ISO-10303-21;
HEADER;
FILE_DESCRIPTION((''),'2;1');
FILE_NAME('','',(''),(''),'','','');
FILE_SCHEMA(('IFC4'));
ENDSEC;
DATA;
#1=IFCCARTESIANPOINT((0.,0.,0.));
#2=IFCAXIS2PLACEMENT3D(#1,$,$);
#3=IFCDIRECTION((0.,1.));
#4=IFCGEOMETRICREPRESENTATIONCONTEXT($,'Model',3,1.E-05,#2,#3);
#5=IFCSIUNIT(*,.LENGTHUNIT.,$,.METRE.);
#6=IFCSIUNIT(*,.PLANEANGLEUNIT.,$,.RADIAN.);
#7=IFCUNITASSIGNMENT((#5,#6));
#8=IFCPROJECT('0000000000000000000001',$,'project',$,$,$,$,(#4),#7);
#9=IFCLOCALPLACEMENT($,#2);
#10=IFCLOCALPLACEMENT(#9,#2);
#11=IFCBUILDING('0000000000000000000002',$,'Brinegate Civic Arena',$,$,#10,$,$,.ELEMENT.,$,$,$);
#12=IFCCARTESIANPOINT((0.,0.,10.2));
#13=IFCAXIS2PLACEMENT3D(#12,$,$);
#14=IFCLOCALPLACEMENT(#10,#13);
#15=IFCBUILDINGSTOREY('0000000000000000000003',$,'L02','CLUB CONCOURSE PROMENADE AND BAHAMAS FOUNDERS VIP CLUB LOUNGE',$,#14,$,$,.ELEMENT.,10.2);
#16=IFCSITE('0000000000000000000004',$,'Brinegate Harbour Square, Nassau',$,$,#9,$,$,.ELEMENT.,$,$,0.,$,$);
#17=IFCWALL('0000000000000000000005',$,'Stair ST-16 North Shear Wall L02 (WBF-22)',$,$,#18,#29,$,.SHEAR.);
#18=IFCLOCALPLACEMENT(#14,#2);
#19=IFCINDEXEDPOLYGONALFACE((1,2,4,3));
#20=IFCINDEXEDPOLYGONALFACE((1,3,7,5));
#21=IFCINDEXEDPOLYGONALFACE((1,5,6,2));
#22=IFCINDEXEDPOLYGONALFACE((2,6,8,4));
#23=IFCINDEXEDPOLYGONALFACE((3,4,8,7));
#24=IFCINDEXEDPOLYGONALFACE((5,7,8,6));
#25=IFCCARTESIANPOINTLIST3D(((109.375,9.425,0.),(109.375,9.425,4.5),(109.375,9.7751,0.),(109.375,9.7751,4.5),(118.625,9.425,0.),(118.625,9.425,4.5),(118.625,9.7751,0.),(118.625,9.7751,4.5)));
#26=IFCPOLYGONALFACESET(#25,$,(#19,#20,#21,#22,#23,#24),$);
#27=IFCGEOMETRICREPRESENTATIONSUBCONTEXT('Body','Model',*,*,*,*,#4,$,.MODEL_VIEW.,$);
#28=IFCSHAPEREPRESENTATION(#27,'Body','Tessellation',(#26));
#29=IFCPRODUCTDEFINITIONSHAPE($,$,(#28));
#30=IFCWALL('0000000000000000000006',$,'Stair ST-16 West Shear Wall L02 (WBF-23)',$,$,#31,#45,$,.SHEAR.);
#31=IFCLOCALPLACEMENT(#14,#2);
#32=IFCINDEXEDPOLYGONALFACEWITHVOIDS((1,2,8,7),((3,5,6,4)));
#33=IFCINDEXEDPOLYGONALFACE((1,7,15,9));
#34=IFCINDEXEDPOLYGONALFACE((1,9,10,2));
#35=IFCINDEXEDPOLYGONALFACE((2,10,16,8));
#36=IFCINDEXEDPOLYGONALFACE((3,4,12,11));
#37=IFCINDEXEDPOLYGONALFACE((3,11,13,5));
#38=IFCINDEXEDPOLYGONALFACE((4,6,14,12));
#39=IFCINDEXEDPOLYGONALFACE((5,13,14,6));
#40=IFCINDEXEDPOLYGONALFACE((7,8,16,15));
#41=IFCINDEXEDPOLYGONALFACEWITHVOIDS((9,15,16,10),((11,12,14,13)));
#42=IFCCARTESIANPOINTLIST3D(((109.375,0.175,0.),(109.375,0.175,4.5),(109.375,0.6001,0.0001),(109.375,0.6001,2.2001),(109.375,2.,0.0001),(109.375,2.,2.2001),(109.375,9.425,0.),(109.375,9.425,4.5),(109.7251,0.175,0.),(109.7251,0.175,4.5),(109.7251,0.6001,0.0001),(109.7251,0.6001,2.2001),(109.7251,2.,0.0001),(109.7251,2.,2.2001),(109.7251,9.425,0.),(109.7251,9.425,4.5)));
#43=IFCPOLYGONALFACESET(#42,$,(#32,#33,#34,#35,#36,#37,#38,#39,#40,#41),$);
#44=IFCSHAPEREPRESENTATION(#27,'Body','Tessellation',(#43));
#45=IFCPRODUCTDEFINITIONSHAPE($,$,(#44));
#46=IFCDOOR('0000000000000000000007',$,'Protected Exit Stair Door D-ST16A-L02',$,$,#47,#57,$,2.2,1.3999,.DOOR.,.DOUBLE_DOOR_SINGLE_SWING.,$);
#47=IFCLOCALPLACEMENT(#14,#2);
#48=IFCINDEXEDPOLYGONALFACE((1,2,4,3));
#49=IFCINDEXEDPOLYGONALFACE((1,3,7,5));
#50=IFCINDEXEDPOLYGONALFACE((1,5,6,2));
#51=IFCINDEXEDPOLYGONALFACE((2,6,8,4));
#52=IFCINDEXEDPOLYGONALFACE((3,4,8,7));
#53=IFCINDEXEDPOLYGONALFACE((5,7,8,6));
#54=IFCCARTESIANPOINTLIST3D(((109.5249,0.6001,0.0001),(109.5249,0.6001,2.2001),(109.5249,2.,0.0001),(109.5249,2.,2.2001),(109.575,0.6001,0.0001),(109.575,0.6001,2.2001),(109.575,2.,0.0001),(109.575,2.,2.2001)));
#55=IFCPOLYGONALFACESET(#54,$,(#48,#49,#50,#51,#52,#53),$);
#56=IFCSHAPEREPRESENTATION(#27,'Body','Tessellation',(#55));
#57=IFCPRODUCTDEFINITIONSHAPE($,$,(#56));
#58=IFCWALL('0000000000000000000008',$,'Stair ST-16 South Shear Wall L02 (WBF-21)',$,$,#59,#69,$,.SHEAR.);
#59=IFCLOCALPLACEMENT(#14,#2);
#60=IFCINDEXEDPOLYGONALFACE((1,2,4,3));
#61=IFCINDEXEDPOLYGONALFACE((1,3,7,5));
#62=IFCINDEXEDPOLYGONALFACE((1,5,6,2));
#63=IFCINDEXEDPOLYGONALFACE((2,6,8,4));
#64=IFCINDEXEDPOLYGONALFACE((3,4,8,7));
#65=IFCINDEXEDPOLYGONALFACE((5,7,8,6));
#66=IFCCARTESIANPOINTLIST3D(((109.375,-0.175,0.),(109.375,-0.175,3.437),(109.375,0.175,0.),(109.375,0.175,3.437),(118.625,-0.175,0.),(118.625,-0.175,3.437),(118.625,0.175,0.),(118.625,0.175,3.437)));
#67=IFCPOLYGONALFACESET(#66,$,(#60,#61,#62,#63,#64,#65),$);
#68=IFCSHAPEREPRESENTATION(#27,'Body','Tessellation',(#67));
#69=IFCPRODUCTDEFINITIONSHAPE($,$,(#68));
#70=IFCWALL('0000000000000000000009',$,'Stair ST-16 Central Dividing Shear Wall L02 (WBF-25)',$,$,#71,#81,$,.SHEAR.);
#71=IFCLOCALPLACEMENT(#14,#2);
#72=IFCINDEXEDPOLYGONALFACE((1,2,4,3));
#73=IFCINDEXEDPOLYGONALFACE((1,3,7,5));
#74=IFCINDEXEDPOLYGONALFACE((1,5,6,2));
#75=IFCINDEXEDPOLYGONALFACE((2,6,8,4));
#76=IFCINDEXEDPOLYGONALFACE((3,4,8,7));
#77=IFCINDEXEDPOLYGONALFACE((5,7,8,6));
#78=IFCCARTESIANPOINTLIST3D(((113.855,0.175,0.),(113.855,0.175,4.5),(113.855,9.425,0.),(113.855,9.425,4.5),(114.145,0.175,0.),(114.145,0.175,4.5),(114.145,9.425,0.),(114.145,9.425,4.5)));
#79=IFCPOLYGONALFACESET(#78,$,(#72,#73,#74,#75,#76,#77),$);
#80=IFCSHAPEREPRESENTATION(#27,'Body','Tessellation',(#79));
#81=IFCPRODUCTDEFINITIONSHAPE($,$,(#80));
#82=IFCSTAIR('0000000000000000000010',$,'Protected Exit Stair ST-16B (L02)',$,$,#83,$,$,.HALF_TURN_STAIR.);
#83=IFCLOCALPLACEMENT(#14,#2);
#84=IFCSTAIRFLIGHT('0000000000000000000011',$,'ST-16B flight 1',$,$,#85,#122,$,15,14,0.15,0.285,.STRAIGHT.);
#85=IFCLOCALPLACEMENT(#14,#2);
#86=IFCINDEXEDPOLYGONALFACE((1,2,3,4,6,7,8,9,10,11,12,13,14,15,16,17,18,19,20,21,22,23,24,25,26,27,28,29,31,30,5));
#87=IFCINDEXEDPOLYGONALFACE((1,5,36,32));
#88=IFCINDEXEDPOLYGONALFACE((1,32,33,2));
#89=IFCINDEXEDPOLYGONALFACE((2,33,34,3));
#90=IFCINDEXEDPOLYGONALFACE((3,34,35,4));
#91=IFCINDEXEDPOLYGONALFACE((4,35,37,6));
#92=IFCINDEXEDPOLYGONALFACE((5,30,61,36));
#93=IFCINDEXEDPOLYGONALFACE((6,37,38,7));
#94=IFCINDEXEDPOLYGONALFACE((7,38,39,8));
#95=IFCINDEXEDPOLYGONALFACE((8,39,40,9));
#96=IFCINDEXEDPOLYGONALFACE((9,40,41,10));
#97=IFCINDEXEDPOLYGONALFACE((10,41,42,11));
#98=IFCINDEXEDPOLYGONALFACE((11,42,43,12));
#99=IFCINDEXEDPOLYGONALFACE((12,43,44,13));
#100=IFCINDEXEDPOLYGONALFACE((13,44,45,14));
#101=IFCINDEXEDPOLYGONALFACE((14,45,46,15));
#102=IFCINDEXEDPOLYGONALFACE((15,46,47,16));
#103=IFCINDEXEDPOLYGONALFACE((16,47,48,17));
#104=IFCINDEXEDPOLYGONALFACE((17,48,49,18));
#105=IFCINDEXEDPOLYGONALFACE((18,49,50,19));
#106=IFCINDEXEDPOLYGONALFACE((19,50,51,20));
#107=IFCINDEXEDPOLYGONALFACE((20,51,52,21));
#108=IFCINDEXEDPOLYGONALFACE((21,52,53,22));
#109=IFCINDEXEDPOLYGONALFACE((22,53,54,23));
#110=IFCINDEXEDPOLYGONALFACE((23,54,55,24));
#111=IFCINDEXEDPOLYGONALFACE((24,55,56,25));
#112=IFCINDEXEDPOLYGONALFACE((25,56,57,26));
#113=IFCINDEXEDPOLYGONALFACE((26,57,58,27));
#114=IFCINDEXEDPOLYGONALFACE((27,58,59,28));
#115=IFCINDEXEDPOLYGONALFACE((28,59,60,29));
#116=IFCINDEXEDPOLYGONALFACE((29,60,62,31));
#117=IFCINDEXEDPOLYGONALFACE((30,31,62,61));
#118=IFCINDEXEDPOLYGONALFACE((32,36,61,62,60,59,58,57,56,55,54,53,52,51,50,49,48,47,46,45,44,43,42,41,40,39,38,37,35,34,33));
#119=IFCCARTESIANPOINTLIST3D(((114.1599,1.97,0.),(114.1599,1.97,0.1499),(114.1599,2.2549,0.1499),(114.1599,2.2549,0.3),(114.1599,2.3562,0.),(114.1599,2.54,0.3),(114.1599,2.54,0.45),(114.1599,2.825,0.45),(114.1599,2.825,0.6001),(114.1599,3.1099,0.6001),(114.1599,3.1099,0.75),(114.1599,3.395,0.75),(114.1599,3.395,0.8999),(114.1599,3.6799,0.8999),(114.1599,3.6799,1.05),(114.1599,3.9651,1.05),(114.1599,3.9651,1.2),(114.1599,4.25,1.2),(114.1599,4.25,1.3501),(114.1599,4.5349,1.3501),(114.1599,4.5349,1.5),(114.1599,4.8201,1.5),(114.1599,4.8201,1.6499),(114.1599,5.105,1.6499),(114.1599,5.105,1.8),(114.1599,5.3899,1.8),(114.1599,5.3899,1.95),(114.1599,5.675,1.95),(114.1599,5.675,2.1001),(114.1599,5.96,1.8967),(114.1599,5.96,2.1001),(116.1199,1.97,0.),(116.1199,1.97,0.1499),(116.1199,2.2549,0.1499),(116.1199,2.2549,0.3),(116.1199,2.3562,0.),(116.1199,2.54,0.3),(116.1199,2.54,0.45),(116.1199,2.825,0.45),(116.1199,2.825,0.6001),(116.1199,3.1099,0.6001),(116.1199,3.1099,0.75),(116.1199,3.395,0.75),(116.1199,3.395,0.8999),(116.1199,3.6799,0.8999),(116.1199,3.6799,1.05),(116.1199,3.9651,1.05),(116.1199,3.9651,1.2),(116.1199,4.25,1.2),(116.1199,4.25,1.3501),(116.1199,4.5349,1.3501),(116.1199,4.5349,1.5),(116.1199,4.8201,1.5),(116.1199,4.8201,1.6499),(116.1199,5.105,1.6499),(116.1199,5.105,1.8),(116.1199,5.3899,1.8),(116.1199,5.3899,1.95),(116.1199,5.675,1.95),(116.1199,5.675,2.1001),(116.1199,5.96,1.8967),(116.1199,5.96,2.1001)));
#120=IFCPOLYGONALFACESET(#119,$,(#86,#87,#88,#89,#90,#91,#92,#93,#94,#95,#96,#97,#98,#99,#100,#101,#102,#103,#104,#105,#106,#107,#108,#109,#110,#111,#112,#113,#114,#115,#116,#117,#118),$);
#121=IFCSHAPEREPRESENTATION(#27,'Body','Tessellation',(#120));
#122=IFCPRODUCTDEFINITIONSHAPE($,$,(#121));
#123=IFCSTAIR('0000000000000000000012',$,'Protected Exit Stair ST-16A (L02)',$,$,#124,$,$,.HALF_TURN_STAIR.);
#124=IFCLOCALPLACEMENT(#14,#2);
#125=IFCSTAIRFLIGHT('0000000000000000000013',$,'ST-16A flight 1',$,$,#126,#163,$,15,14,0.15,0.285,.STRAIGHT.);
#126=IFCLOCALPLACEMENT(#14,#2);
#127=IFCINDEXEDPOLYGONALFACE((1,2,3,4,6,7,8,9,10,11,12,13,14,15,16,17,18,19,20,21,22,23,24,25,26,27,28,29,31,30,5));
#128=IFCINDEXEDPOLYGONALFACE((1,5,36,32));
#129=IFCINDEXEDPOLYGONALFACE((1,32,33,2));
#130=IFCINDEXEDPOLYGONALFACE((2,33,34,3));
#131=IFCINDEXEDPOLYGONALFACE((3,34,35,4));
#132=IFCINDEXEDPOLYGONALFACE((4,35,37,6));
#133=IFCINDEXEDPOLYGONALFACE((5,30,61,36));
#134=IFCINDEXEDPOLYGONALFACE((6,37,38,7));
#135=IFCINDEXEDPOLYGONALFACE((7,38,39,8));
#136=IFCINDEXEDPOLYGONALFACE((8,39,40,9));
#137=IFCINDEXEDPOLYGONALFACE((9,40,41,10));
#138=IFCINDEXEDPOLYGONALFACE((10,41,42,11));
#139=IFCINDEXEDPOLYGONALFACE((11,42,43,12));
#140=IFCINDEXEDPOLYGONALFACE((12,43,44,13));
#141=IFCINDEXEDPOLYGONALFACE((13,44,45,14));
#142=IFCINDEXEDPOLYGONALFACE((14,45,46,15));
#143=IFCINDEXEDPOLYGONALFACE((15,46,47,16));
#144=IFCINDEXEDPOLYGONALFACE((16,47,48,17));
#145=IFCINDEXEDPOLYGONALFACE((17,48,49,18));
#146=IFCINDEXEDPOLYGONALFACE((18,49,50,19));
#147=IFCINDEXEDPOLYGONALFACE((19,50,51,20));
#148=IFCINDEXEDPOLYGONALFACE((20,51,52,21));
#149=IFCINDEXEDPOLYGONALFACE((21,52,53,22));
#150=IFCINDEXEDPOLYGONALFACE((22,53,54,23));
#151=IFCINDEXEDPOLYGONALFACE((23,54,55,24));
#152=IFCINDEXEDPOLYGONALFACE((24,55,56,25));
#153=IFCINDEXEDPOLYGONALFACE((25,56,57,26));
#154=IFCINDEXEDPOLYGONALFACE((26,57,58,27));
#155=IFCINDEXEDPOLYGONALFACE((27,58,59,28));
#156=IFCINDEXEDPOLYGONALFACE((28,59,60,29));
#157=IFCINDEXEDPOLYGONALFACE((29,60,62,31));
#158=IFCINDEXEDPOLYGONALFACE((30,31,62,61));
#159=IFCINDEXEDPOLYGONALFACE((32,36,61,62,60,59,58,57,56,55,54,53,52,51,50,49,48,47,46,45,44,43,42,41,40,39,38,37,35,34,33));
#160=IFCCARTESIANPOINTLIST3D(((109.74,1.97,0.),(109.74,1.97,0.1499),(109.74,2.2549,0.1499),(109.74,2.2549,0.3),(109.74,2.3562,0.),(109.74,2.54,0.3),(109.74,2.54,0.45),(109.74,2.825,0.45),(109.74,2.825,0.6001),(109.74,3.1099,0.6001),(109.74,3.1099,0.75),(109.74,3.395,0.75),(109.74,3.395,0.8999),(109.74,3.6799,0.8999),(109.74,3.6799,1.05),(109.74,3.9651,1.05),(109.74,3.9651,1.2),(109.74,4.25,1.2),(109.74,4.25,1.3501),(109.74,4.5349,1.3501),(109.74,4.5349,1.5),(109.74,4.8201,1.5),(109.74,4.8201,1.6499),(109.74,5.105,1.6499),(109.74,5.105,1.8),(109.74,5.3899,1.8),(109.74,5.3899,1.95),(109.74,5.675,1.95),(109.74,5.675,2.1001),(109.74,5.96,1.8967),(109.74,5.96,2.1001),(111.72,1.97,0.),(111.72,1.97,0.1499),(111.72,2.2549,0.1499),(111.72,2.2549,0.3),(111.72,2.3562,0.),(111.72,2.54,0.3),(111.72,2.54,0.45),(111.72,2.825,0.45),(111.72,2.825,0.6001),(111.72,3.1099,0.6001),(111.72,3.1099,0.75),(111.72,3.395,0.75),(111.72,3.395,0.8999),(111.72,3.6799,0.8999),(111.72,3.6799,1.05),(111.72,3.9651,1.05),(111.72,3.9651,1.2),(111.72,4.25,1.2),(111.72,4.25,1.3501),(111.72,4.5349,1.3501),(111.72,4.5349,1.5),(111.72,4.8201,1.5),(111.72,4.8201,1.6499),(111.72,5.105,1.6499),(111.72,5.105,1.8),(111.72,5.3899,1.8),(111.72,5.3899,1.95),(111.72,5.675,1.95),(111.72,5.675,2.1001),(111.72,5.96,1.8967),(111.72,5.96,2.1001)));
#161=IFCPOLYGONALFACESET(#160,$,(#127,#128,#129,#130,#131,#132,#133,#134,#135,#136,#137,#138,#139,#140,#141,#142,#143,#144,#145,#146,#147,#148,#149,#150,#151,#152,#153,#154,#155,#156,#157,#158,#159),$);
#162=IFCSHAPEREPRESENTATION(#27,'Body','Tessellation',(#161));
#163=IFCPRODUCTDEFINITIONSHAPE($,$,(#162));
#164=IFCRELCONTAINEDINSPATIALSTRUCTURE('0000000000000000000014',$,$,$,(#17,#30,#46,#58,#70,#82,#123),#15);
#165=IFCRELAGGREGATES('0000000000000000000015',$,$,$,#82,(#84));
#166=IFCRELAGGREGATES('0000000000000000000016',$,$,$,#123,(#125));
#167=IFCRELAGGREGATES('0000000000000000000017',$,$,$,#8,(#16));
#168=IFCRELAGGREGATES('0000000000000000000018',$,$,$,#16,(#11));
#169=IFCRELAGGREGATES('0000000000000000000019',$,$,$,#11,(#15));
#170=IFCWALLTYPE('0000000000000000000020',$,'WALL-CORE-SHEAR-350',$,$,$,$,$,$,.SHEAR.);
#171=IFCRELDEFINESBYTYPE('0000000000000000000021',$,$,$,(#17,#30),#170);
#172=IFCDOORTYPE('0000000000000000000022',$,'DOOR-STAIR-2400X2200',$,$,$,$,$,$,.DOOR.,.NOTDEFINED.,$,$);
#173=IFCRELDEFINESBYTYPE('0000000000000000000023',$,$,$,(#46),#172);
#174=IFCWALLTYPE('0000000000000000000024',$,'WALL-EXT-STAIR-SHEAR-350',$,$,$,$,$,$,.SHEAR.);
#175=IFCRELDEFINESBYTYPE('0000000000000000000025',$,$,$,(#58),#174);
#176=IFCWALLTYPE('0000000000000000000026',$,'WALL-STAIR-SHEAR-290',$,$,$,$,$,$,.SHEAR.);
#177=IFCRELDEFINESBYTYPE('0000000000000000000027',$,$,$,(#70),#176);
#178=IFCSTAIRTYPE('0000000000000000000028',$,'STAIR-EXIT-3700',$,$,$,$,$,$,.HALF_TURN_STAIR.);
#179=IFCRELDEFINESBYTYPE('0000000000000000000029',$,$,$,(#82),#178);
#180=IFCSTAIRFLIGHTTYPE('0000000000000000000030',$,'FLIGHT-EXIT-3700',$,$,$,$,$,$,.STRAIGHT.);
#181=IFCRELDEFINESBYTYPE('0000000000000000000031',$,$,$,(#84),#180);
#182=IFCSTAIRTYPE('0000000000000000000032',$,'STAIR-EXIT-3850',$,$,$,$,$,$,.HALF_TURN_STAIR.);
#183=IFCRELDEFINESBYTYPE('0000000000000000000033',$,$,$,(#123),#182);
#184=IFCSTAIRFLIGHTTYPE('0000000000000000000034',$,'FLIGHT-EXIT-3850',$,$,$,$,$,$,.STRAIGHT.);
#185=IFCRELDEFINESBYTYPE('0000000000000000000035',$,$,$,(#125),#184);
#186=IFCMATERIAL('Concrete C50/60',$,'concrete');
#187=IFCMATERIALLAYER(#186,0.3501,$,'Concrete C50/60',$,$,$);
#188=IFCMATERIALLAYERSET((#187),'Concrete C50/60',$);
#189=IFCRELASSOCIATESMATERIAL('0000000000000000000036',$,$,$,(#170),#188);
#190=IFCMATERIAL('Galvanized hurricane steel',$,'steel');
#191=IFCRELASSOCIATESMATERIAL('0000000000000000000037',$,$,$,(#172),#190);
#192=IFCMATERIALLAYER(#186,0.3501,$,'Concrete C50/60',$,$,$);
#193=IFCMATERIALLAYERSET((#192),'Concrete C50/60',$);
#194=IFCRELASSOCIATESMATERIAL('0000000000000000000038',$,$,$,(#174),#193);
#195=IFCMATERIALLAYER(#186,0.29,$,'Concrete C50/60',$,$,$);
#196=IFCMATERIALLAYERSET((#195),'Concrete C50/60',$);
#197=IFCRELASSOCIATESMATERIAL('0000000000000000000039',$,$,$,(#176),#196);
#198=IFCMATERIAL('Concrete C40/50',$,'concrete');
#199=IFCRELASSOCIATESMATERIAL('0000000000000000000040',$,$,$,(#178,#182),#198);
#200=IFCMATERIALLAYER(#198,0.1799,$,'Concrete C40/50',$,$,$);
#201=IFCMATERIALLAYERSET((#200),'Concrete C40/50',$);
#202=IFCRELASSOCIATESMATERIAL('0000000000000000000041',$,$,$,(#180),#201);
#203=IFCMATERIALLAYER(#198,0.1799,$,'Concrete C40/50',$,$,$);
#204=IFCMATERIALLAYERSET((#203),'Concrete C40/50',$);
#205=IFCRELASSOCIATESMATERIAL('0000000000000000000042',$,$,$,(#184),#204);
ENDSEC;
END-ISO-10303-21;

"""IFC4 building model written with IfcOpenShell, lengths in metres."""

from ifc_helpers import new_model, si_unit, direction, frame, frame_2d, origin, place, context, subcontext, project, spatial, polyline, rectangle, outline, extrude, material, layer, layer_set, type_object, element, fill, aggregate, save


model = new_model("IFC4")

# Units and contexts
model_context = context("Model", 3, precision=1e-05, world=origin(), true_north=direction((0.0, 1.0)))
body_context = subcontext(model_context, "Body", "Model", "MODEL_VIEW")
ifc_project = project(units=[si_unit("LENGTHUNIT", "METRE"), si_unit("PLANEANGLEUNIT", "RADIAN")], contexts=[model_context])

# Site, building, storey
site_placement = place(None, origin())
site = spatial("IfcSite", under=ifc_project, at=site_placement, Name="Brinegate Harbour Square, Nassau", CompositionType="ELEMENT", RefElevation=0.0)
building_placement = place(site_placement, origin())
building = spatial("IfcBuilding", under=site, at=building_placement, Name="Brinegate Civic Arena", CompositionType="ELEMENT")
storey_placement = place(building_placement, frame((0.0, 0.0, 10.2)))
storey = spatial("IfcBuildingStorey", under=building, at=storey_placement, Name="L02", Description="CLUB CONCOURSE PROMENADE AND BAHAMAS FOUNDERS VIP CLUB LOUNGE", CompositionType="ELEMENT", Elevation=10.2)

# Shared definitions
ifc_material_1 = material(Name="Concrete C50/60", Category="concrete")

# Wall
ifc_layer_1 = layer(ifc_material_1, 0.3501, Name="Concrete C50/60")
ifc_layer_set_1 = layer_set([ifc_layer_1], Name="Concrete C50/60")
wall_type_1 = type_object("IfcWallType", Name="WALL-CORE-SHEAR-350", PredefinedType="SHEAR", material=ifc_layer_set_1)
wall_1_placement = place(storey_placement, frame((109.375, 9.6001, 0.0), z_axis=(0.0, 0.0, 1.0), x_axis=(1.0, 0.0, 0.0)))
element("IfcWall", 1, at=wall_1_placement, inside=storey, type_object=wall_type_1, Name="Stair ST-16 North Shear Wall L02 (WBF-22)", PredefinedType="SHEAR", context=body_context, shape_type="SweptSolid", body=[
    extrude(rectangle(XDim=9.25, YDim=0.3501, at=frame_2d((4.625, 0.0))), origin(), (0.0, 0.0, 1.0), 4.5),
])

# Wall, opening, door
wall_2_placement = place(storey_placement, frame((109.55, 0.175, 0.0), z_axis=(0.0, 0.0, 1.0), x_axis=(0.0, 1.0, 0.0)))
wall_2 = element("IfcWall", 2, at=wall_2_placement, inside=storey, type_object=wall_type_1, Name="Stair ST-16 West Shear Wall L02 (WBF-23)", PredefinedType="SHEAR", context=body_context, shape_type="SweptSolid", body=[
    extrude(rectangle(XDim=9.25, YDim=0.3501, at=frame_2d((4.625, 0.0))), origin(), (0.0, 0.0, 1.0), 4.5),
])
opening_placement = place(wall_2_placement, frame((0.425, 0.0, 0.0)))
opening = element("IfcOpeningElement", 3, at=opening_placement, cuts=wall_2, PredefinedType="OPENING", context=body_context, shape_type="SweptSolid", body=[
    extrude(rectangle(XDim=1.3999, YDim=2.2, at=frame_2d((0.7, 1.1001))), frame((0.0, 0.1851, 0.0), z_axis=(0.0, -1.0, 0.0), x_axis=(1.0, 0.0, 0.0)), (0.0, 0.0, 1.0), 0.3701),
])
ifc_material_2 = material(Name="Galvanized hurricane steel", Category="steel")
door_type = type_object("IfcDoorType", Name="DOOR-STAIR-2400X2200", OperationType="NOTDEFINED", PredefinedType="DOOR", material=ifc_material_2)
door_placement = place(opening_placement, frame((1.3999, 0.0, 0.0), z_axis=(0.0, 0.0, 1.0), x_axis=(-1.0, 0.0, 0.0)))
door = element("IfcDoor", 4, at=door_placement, inside=storey, type_object=door_type, Name="Protected Exit Stair Door D-ST16A-L02", OperationType="DOUBLE_DOOR_SINGLE_SWING", OverallHeight=2.2, OverallWidth=1.3999, PredefinedType="DOOR", context=body_context, shape_type="SweptSolid", body=[
    extrude(rectangle(XDim=1.3999, YDim=2.2, at=frame_2d((0.7, 1.1001))), frame((0.0, 0.0249, 0.0), z_axis=(0.0, -1.0, 0.0), x_axis=(1.0, 0.0, 0.0)), (0.0, 0.0, 1.0), 0.05),
])
fill(opening, door)

# Walls
ifc_layer_2 = layer(ifc_material_1, 0.3501, Name="Concrete C50/60")
ifc_layer_set_2 = layer_set([ifc_layer_2], Name="Concrete C50/60")
wall_type_2 = type_object("IfcWallType", Name="WALL-EXT-STAIR-SHEAR-350", PredefinedType="SHEAR", material=ifc_layer_set_2)
wall_3_placement = place(storey_placement, frame((109.375, 0.0, 0.0), z_axis=(0.0, 0.0, 1.0), x_axis=(1.0, 0.0, 0.0)))
element("IfcWall", 5, at=wall_3_placement, inside=storey, type_object=wall_type_2, Name="Stair ST-16 South Shear Wall L02 (WBF-21)", PredefinedType="SHEAR", context=body_context, shape_type="SweptSolid", body=[
    extrude(rectangle(XDim=9.25, YDim=0.3501, at=frame_2d((4.625, 0.0))), origin(), (0.0, 0.0, 1.0), 3.437),
])
ifc_layer_3 = layer(ifc_material_1, 0.29, Name="Concrete C50/60")
ifc_layer_set_3 = layer_set([ifc_layer_3], Name="Concrete C50/60")
wall_type_3 = type_object("IfcWallType", Name="WALL-STAIR-SHEAR-290", PredefinedType="SHEAR", material=ifc_layer_set_3)
wall_4_placement = place(storey_placement, frame((114.0, 0.175, 0.0), z_axis=(0.0, 0.0, 1.0), x_axis=(0.0, 1.0, 0.0)))
element("IfcWall", 6, at=wall_4_placement, inside=storey, type_object=wall_type_3, Name="Stair ST-16 Central Dividing Shear Wall L02 (WBF-25)", PredefinedType="SHEAR", context=body_context, shape_type="SweptSolid", body=[
    extrude(rectangle(XDim=9.25, YDim=0.29, at=frame_2d((4.625, 0.0))), origin(), (0.0, 0.0, 1.0), 4.5),
])

# Stair, stair flight
ifc_material_3 = material(Name="Concrete C40/50", Category="concrete")
stair_type_1 = type_object("IfcStairType", Name="STAIR-EXIT-3700", PredefinedType="HALF_TURN_STAIR", material=ifc_material_3)
stair_1_placement = place(storey_placement, origin())
stair_1 = element("IfcStair", 7, at=stair_1_placement, inside=storey, type_object=stair_type_1, Name="Protected Exit Stair ST-16B (L02)", PredefinedType="HALF_TURN_STAIR")
ifc_layer_4 = layer(ifc_material_3, 0.1799, Name="Concrete C40/50")
ifc_layer_set_4 = layer_set([ifc_layer_4], Name="Concrete C40/50")
stair_flight_type_1 = type_object("IfcStairFlightType", Name="FLIGHT-EXIT-3700", PredefinedType="STRAIGHT", material=ifc_layer_set_4)
stair_flight_1_placement = place(storey_placement, frame((115.1399, 1.97, 0.0), z_axis=(0.0, 0.0, 1.0), x_axis=(0.0, 1.0, 0.0)))
stair_flight_1 = element("IfcStairFlight", 8, at=stair_flight_1_placement, type_object=stair_flight_type_1, Name="ST-16B flight 1", NumberOfRisers=15, NumberOfTreads=14, PredefinedType="STRAIGHT", RiserHeight=0.15, TreadLength=0.285, context=body_context, shape_type="SweptSolid", body=[
    extrude(outline(polyline([(0.0, 0.0), (0.0, 0.1499), (0.2849, 0.1499), (0.2849, 0.3), (0.5701, 0.3), (0.5701, 0.45), (0.855, 0.45), (0.855, 0.6001), (1.1399, 0.6001), (1.1399, 0.75), (1.425, 0.75), (1.425, 0.8999), (1.71, 0.8999), (1.71, 1.05), (1.9951, 1.05), (1.9951, 1.2), (2.28, 1.2), (2.28, 1.3501), (2.5649, 1.3501), (2.5649, 1.5), (2.8501, 1.5), (2.8501, 1.6499), (3.135, 1.6499), (3.135, 1.8), (3.4199, 1.8), (3.4199, 1.95), (3.7051, 1.95), (3.7051, 2.1001), (3.99, 2.1001), (3.99, 2.25), (3.99, 1.8967), (0.3862, 0.0), (0.0, 0.0)])), frame((0.0, 0.98, 0.0), z_axis=(0.0, -1.0, 0.0), x_axis=(1.0, 0.0, 0.0)), (0.0, 0.0, 1.0), 1.96),
])
aggregate(stair_1, [stair_flight_1])

# Stair, stair flight
stair_type_2 = type_object("IfcStairType", Name="STAIR-EXIT-3850", PredefinedType="HALF_TURN_STAIR", material=ifc_material_3)
stair_2_placement = place(storey_placement, origin())
stair_2 = element("IfcStair", 9, at=stair_2_placement, inside=storey, type_object=stair_type_2, Name="Protected Exit Stair ST-16A (L02)", PredefinedType="HALF_TURN_STAIR")
ifc_layer_5 = layer(ifc_material_3, 0.1799, Name="Concrete C40/50")
ifc_layer_set_5 = layer_set([ifc_layer_5], Name="Concrete C40/50")
stair_flight_type_2 = type_object("IfcStairFlightType", Name="FLIGHT-EXIT-3850", PredefinedType="STRAIGHT", material=ifc_layer_set_5)
stair_flight_2_placement = place(storey_placement, frame((110.73, 1.97, 0.0), z_axis=(0.0, 0.0, 1.0), x_axis=(0.0, 1.0, 0.0)))
stair_flight_2 = element("IfcStairFlight", 10, at=stair_flight_2_placement, type_object=stair_flight_type_2, Name="ST-16A flight 1", NumberOfRisers=15, NumberOfTreads=14, PredefinedType="STRAIGHT", RiserHeight=0.15, TreadLength=0.285, context=body_context, shape_type="SweptSolid", body=[
    extrude(outline(polyline([(0.0, 0.0), (0.0, 0.1499), (0.2849, 0.1499), (0.2849, 0.3), (0.5701, 0.3), (0.5701, 0.45), (0.855, 0.45), (0.855, 0.6001), (1.1399, 0.6001), (1.1399, 0.75), (1.425, 0.75), (1.425, 0.8999), (1.71, 0.8999), (1.71, 1.05), (1.9951, 1.05), (1.9951, 1.2), (2.28, 1.2), (2.28, 1.3501), (2.5649, 1.3501), (2.5649, 1.5), (2.8501, 1.5), (2.8501, 1.6499), (3.135, 1.6499), (3.135, 1.8), (3.4199, 1.8), (3.4199, 1.95), (3.7051, 1.95), (3.7051, 2.1001), (3.99, 2.1001), (3.99, 2.25), (3.99, 1.8967), (0.3862, 0.0), (0.0, 0.0)])), frame((0.0, 0.99, 0.0), z_axis=(0.0, -1.0, 0.0), x_axis=(1.0, 0.0, 0.0)), (0.0, 0.0, 1.0), 1.98),
])
aggregate(stair_2, [stair_flight_2])

save(model, "model.ifc")
